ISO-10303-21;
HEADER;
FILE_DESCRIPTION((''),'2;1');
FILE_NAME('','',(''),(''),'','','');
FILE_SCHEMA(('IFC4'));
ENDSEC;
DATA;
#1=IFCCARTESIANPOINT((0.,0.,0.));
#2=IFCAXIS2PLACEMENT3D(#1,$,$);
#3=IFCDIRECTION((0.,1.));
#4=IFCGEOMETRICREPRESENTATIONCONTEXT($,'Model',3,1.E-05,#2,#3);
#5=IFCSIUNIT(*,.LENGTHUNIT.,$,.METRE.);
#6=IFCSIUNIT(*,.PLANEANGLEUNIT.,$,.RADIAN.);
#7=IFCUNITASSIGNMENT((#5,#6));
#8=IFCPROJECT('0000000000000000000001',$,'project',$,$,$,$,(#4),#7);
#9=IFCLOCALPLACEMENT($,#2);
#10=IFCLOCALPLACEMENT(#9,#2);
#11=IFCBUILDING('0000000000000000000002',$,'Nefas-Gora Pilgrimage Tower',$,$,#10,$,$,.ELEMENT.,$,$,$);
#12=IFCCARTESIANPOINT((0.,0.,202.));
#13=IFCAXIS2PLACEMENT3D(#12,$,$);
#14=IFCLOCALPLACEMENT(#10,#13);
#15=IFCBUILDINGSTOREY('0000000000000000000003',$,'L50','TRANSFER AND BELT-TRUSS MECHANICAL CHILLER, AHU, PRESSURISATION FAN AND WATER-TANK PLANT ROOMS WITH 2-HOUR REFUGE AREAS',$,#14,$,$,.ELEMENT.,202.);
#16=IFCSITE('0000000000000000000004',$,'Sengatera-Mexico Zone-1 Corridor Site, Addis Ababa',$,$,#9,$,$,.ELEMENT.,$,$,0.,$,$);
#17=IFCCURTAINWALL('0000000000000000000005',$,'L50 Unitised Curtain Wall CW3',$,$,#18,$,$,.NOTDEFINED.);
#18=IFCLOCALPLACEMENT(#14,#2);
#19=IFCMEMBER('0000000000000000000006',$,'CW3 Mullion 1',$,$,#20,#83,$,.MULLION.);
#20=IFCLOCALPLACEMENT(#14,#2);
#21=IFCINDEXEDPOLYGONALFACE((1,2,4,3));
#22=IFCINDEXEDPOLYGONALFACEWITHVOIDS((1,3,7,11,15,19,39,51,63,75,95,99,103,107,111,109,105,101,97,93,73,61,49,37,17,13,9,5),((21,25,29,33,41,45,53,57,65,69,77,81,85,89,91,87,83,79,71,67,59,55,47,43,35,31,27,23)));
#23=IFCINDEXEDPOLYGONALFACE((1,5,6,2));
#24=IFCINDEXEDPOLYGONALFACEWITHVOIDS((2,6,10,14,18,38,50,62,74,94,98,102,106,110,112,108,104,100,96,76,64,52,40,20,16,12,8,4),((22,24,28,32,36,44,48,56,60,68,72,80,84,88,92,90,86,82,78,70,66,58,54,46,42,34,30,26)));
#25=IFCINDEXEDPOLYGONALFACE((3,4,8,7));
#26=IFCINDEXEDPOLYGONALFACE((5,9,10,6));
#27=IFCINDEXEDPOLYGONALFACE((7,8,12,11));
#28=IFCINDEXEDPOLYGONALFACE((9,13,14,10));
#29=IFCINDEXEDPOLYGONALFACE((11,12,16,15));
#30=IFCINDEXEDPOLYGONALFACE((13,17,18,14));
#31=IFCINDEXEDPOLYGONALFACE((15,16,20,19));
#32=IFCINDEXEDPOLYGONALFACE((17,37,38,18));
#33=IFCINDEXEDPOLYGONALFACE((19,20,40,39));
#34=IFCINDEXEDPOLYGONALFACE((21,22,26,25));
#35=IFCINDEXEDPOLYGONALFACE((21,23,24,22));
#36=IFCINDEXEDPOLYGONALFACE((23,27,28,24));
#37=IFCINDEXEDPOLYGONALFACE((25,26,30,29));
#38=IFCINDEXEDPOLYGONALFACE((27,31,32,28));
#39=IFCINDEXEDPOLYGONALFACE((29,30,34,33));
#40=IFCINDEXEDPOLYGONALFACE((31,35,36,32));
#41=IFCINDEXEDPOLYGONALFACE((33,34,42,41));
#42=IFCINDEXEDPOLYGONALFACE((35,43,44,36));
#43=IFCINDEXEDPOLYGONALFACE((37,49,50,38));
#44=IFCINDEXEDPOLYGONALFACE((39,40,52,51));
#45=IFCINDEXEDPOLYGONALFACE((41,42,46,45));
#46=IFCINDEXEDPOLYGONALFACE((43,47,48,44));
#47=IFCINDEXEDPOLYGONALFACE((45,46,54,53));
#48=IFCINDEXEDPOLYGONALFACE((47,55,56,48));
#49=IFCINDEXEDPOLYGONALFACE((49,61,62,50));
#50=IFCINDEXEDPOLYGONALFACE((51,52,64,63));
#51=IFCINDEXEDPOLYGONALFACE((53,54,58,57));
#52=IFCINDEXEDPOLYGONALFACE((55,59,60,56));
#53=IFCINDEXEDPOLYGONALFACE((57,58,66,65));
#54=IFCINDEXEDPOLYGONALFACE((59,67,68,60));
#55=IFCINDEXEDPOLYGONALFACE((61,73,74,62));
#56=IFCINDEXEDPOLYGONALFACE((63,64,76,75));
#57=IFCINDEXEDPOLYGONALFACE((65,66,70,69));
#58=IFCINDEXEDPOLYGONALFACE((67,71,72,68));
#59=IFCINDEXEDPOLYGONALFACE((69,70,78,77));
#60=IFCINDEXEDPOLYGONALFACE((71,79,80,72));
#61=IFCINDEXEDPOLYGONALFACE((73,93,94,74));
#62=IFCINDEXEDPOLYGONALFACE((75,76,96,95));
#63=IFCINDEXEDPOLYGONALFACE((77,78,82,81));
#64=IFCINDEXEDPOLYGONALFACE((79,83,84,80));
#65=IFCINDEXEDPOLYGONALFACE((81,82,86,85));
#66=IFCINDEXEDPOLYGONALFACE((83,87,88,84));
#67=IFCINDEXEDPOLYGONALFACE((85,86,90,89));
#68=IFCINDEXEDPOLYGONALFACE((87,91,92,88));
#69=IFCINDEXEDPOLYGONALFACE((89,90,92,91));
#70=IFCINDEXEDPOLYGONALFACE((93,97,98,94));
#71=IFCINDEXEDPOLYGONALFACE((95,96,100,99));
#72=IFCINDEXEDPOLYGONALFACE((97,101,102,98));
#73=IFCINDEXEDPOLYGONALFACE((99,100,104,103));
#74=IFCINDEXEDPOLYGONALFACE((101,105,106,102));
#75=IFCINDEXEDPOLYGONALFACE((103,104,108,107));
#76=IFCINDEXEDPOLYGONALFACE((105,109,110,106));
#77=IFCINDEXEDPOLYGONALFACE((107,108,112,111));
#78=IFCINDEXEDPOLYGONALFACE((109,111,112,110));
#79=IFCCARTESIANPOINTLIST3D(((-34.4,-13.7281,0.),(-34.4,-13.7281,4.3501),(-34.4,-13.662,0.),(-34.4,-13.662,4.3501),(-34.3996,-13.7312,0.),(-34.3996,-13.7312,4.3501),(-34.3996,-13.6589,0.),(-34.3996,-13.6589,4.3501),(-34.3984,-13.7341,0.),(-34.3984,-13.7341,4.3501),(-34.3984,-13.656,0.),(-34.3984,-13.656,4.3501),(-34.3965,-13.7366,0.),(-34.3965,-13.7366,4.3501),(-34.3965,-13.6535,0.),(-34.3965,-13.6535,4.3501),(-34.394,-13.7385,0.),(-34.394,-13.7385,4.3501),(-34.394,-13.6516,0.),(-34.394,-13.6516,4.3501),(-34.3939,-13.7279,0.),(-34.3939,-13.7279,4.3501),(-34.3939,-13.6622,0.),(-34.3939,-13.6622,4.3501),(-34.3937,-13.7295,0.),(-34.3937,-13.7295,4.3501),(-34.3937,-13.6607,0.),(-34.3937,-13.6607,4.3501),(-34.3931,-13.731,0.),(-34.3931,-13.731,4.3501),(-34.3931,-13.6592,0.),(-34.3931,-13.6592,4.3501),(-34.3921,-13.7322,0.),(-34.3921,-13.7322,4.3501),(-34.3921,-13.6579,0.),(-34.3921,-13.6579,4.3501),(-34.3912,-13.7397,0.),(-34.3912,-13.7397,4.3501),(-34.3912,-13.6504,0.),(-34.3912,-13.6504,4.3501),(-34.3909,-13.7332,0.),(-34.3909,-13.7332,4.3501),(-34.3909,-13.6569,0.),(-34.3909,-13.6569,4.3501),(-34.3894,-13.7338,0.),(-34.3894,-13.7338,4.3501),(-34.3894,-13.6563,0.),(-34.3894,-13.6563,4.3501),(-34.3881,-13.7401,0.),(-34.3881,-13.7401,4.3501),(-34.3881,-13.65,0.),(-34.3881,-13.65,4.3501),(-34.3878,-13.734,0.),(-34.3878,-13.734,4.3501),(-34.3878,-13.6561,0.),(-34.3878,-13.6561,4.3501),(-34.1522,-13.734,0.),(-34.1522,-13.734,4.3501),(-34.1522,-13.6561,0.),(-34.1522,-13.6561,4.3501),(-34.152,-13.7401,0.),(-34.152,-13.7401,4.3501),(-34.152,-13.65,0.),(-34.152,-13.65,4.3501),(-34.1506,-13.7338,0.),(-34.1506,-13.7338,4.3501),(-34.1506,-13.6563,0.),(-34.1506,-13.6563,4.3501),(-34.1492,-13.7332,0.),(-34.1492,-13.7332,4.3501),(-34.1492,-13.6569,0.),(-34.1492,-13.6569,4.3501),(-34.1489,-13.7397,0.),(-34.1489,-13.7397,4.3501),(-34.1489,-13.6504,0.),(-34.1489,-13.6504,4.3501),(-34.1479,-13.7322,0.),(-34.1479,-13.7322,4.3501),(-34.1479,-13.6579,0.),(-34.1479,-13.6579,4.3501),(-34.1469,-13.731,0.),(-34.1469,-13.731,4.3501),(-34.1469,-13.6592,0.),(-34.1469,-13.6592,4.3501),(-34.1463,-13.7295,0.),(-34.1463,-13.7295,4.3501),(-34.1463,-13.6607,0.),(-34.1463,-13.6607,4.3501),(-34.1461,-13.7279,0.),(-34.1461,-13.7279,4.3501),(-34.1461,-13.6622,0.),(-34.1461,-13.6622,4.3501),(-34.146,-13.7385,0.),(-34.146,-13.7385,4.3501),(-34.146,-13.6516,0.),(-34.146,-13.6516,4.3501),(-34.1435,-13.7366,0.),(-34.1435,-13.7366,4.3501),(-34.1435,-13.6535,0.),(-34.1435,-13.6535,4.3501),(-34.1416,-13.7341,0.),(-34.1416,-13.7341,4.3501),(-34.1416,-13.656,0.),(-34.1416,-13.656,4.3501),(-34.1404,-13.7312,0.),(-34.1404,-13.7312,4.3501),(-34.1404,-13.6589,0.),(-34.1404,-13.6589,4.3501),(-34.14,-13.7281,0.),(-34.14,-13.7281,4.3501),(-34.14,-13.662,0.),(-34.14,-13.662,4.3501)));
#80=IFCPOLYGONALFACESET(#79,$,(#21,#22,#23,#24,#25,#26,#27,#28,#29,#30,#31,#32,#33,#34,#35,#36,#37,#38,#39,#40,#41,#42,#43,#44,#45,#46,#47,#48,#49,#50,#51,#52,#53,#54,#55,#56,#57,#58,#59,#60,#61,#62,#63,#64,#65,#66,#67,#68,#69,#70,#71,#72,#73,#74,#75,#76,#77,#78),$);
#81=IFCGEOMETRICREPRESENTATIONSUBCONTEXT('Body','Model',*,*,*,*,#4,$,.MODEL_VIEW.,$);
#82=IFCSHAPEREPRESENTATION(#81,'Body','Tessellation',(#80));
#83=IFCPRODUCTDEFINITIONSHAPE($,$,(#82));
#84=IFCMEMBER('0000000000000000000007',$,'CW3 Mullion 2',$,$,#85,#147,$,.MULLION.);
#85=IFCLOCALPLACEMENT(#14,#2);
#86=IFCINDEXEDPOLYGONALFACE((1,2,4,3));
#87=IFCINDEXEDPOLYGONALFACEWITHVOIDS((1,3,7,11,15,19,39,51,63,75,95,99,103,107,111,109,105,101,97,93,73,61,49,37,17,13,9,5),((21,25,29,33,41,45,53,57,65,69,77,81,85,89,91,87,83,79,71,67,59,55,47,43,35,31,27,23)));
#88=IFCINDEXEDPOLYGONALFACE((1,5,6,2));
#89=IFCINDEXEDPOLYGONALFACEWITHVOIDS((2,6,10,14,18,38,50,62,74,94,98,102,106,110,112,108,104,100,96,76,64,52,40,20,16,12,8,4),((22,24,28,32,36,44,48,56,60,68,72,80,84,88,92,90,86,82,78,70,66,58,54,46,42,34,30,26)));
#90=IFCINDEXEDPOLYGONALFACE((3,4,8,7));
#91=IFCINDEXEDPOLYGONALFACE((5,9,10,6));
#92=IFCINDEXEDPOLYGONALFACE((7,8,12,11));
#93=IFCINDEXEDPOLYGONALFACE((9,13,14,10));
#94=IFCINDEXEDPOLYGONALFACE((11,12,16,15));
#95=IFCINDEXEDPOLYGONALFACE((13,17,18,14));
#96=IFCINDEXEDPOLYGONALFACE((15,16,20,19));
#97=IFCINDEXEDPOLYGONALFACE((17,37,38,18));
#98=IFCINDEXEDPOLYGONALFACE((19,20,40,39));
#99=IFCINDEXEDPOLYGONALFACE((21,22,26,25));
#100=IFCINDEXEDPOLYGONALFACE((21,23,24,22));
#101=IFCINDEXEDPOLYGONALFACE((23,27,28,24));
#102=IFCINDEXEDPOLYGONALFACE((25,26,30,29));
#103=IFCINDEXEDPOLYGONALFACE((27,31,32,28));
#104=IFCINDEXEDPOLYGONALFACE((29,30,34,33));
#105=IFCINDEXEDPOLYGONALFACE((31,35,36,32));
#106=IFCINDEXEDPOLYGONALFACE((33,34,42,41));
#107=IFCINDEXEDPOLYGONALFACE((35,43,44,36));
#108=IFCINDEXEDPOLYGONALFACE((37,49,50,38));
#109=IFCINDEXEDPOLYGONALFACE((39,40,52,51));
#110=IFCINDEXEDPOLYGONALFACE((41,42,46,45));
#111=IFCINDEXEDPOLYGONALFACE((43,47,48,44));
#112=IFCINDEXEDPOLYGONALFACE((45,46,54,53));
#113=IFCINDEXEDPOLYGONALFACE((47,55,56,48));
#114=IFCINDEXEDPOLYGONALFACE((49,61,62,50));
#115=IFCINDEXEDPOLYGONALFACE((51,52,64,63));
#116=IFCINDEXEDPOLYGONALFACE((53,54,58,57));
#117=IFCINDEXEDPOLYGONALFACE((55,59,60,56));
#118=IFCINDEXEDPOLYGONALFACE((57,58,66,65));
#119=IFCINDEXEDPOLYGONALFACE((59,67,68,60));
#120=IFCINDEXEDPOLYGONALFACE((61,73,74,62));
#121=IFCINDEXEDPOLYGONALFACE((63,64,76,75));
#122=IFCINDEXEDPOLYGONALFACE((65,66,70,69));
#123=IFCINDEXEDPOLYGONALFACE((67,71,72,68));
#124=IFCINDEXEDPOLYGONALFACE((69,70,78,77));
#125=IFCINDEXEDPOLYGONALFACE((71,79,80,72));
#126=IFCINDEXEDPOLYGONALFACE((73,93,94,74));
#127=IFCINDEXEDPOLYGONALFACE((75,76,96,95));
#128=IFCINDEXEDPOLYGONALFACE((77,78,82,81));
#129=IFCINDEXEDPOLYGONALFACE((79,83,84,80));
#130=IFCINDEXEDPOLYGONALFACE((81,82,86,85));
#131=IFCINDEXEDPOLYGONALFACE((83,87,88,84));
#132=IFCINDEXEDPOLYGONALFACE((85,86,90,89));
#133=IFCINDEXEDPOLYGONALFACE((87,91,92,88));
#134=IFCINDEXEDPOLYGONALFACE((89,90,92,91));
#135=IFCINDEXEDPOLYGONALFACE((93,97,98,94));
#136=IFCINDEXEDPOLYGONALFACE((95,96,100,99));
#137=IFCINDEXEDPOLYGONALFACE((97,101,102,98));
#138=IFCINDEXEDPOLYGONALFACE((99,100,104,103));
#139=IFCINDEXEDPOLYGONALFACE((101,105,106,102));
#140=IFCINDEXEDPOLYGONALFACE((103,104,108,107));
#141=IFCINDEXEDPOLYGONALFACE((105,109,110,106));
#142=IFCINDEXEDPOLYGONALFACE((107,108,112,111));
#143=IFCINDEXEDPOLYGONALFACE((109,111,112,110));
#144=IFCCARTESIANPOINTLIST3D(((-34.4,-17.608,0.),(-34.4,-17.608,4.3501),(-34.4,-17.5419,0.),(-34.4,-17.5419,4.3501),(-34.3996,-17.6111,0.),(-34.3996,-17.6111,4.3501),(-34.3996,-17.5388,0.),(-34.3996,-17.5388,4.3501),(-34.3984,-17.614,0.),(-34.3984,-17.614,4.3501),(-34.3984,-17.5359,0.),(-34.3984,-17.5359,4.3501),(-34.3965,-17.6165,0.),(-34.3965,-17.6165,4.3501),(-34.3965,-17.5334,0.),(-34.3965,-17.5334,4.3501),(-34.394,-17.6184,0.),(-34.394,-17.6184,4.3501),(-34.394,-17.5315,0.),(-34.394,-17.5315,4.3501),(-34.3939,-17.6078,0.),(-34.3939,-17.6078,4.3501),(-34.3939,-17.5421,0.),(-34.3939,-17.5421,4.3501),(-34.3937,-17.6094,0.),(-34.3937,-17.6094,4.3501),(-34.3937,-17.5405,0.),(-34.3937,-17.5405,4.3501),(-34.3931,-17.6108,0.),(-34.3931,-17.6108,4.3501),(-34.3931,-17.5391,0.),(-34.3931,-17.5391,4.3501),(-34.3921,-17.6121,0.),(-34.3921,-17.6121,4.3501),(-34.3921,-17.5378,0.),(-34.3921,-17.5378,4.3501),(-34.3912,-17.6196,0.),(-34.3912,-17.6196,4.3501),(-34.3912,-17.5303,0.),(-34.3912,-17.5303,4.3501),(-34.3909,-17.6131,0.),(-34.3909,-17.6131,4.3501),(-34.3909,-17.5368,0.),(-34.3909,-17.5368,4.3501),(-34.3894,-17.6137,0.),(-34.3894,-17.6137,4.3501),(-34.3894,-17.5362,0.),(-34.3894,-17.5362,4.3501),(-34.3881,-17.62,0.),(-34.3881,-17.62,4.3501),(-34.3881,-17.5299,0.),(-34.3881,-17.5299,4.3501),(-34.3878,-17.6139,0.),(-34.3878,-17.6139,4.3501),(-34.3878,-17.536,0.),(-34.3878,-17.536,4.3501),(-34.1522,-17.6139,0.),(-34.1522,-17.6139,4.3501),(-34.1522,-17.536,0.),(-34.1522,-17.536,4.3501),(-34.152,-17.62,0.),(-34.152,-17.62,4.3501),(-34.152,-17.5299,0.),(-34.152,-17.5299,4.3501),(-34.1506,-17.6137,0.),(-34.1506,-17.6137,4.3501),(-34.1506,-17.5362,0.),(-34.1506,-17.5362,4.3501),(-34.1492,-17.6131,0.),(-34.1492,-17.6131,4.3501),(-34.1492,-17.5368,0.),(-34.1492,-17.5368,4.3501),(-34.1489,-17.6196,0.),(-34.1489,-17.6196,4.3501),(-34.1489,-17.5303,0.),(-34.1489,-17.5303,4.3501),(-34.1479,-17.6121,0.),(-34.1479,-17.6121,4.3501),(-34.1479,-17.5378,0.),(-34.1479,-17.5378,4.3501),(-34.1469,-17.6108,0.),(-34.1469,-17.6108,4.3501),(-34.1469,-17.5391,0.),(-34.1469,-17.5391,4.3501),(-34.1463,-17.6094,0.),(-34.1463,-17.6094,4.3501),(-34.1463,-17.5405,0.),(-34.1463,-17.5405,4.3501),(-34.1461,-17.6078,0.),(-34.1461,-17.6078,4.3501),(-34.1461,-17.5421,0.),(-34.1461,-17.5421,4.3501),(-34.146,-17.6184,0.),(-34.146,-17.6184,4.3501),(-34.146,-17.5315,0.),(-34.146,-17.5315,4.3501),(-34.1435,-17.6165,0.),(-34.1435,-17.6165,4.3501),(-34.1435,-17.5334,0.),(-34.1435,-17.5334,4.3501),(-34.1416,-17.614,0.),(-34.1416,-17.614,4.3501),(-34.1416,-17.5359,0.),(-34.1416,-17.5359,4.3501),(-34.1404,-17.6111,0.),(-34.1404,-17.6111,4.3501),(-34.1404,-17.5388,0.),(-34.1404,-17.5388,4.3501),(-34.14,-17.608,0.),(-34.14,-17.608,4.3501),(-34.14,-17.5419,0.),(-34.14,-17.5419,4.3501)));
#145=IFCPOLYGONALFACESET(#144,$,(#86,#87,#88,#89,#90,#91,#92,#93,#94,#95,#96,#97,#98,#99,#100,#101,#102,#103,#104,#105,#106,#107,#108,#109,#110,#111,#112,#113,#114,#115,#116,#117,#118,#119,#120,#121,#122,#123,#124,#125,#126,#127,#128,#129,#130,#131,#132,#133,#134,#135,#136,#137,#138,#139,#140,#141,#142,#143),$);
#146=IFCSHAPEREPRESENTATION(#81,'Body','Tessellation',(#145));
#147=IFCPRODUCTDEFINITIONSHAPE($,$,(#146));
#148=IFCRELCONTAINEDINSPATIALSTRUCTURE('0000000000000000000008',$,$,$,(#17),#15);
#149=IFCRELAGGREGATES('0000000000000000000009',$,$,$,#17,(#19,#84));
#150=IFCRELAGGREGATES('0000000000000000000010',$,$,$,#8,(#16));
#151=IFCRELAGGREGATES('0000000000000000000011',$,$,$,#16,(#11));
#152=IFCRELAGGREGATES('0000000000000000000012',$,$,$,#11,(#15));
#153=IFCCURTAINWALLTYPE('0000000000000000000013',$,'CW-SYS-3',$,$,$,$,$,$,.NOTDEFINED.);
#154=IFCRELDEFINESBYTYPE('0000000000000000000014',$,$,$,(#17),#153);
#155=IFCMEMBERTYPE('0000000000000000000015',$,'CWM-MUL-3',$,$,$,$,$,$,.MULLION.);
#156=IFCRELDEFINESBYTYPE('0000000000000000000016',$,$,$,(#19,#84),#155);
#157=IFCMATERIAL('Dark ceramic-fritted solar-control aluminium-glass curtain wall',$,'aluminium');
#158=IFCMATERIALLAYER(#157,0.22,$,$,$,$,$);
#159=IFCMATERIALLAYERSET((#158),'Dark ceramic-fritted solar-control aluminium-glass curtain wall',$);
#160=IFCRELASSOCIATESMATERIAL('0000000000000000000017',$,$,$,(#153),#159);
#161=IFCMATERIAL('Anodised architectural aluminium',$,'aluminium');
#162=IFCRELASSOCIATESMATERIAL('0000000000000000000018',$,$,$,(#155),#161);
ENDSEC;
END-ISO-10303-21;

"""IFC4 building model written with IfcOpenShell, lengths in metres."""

from ifc_helpers import new_model, si_unit, direction, frame, origin, origin_2d, place, context, subcontext, project, spatial, hollow_rectangle, extrude, source, transform, mapped, material, layer, layer_set, material_profile, profile_set, type_object, element, aggregate, save


model = new_model("IFC4")

# Units and contexts
model_context = context("Model", 3, precision=1e-05, world=origin(), true_north=direction((0.0, 1.0)))
body_context = subcontext(model_context, "Body", "Model", "MODEL_VIEW")
ifc_project = project(units=[si_unit("LENGTHUNIT", "METRE"), si_unit("PLANEANGLEUNIT", "RADIAN")], contexts=[model_context])

# Site, building, storey
site_placement = place(None, origin())
site = spatial("IfcSite", under=ifc_project, at=site_placement, Name="Sengatera-Mexico Zone-1 Corridor Site, Addis Ababa", CompositionType="ELEMENT", RefElevation=0.0)
building_placement = place(site_placement, origin())
building = spatial("IfcBuilding", under=site, at=building_placement, Name="Nefas-Gora Pilgrimage Tower", CompositionType="ELEMENT")
storey_placement = place(building_placement, frame((0.0, 0.0, 202.0)))
storey = spatial("IfcBuildingStorey", under=building, at=storey_placement, Name="L50", Description="TRANSFER AND BELT-TRUSS MECHANICAL CHILLER, AHU, PRESSURISATION FAN AND WATER-TANK PLANT ROOMS WITH 2-HOUR REFUGE AREAS", CompositionType="ELEMENT", Elevation=202.0)

# Curtain wall, members
ifc_material_1 = material(Name="Dark ceramic-fritted solar-control aluminium-glass curtain wall", Category="aluminium")
ifc_layer_1 = layer(ifc_material_1, 0.22)
ifc_layer_set_1 = layer_set([ifc_layer_1], Name="Dark ceramic-fritted solar-control aluminium-glass curtain wall")
curtain_wall_type = type_object("IfcCurtainWallType", Name="CW-SYS-3", PredefinedType="NOTDEFINED", material=ifc_layer_set_1)
curtain_wall_1_placement = place(storey_placement, origin())
curtain_wall_1 = element("IfcCurtainWall", 1, at=curtain_wall_1_placement, inside=storey, type_object=curtain_wall_type, Name="L50 Unitised Curtain Wall CW3", PredefinedType="NOTDEFINED")
ifc_material_2 = material(Name="Anodised architectural aluminium", Category="aluminium")
ifc_material_profile_1 = material_profile(ifc_material_2, hollow_rectangle(XDim=0.0901, YDim=0.26, WallThickness=0.0061, InnerFilletRadius=0.0061, OuterFilletRadius=0.012, at=origin_2d()), Name="ALU MULLION 90x260")
ifc_profile_set_1 = profile_set([ifc_material_profile_1], Name="Anodised architectural aluminium")
member_type_1 = type_object("IfcMemberType", Name="CWM-MUL-3", PredefinedType="MULLION", material=ifc_profile_set_1)
shared_shape_1 = source(origin(), body_context, "Body", "SweptSolid", [
    extrude(hollow_rectangle(XDim=0.0901, YDim=0.26, WallThickness=0.0061, InnerFilletRadius=0.0061, OuterFilletRadius=0.012, at=origin_2d()), origin(), (0.0, 0.0, 1.0), 4.3501),
])
member_1_placement = place(storey_placement, frame((-34.27, -13.6951, 0.0), z_axis=(0.0, 0.0, 1.0), x_axis=(0.0, -1.0, 0.0)))
member_1 = element("IfcMember", 2, at=member_1_placement, type_object=member_type_1, Name="CW3 Mullion 1", PredefinedType="MULLION", context=body_context, shape_type="MappedRepresentation", body=[
    mapped(shared_shape_1, transform((0.0, 0.0, 0.0), x_axis=(1.0, 0.0, 0.0), y_axis=(0.0, 1.0, 0.0), z_axis=(0.0, 0.0, 1.0), scale=1.0)),
])
member_2_placement = place(storey_placement, frame((-34.27, -17.575, 0.0), z_axis=(0.0, 0.0, 1.0), x_axis=(0.0, -1.0, 0.0)))
member_2 = element("IfcMember", 3, at=member_2_placement, type_object=member_type_1, Name="CW3 Mullion 2", PredefinedType="MULLION", context=body_context, shape_type="MappedRepresentation", body=[
    mapped(shared_shape_1, transform((0.0, 0.0, 0.0), x_axis=(1.0, 0.0, 0.0), y_axis=(0.0, 1.0, 0.0), z_axis=(0.0, 0.0, 1.0), scale=1.0)),
])

aggregate(curtain_wall_1, [member_1, member_2])

save(model, "model.ifc")
